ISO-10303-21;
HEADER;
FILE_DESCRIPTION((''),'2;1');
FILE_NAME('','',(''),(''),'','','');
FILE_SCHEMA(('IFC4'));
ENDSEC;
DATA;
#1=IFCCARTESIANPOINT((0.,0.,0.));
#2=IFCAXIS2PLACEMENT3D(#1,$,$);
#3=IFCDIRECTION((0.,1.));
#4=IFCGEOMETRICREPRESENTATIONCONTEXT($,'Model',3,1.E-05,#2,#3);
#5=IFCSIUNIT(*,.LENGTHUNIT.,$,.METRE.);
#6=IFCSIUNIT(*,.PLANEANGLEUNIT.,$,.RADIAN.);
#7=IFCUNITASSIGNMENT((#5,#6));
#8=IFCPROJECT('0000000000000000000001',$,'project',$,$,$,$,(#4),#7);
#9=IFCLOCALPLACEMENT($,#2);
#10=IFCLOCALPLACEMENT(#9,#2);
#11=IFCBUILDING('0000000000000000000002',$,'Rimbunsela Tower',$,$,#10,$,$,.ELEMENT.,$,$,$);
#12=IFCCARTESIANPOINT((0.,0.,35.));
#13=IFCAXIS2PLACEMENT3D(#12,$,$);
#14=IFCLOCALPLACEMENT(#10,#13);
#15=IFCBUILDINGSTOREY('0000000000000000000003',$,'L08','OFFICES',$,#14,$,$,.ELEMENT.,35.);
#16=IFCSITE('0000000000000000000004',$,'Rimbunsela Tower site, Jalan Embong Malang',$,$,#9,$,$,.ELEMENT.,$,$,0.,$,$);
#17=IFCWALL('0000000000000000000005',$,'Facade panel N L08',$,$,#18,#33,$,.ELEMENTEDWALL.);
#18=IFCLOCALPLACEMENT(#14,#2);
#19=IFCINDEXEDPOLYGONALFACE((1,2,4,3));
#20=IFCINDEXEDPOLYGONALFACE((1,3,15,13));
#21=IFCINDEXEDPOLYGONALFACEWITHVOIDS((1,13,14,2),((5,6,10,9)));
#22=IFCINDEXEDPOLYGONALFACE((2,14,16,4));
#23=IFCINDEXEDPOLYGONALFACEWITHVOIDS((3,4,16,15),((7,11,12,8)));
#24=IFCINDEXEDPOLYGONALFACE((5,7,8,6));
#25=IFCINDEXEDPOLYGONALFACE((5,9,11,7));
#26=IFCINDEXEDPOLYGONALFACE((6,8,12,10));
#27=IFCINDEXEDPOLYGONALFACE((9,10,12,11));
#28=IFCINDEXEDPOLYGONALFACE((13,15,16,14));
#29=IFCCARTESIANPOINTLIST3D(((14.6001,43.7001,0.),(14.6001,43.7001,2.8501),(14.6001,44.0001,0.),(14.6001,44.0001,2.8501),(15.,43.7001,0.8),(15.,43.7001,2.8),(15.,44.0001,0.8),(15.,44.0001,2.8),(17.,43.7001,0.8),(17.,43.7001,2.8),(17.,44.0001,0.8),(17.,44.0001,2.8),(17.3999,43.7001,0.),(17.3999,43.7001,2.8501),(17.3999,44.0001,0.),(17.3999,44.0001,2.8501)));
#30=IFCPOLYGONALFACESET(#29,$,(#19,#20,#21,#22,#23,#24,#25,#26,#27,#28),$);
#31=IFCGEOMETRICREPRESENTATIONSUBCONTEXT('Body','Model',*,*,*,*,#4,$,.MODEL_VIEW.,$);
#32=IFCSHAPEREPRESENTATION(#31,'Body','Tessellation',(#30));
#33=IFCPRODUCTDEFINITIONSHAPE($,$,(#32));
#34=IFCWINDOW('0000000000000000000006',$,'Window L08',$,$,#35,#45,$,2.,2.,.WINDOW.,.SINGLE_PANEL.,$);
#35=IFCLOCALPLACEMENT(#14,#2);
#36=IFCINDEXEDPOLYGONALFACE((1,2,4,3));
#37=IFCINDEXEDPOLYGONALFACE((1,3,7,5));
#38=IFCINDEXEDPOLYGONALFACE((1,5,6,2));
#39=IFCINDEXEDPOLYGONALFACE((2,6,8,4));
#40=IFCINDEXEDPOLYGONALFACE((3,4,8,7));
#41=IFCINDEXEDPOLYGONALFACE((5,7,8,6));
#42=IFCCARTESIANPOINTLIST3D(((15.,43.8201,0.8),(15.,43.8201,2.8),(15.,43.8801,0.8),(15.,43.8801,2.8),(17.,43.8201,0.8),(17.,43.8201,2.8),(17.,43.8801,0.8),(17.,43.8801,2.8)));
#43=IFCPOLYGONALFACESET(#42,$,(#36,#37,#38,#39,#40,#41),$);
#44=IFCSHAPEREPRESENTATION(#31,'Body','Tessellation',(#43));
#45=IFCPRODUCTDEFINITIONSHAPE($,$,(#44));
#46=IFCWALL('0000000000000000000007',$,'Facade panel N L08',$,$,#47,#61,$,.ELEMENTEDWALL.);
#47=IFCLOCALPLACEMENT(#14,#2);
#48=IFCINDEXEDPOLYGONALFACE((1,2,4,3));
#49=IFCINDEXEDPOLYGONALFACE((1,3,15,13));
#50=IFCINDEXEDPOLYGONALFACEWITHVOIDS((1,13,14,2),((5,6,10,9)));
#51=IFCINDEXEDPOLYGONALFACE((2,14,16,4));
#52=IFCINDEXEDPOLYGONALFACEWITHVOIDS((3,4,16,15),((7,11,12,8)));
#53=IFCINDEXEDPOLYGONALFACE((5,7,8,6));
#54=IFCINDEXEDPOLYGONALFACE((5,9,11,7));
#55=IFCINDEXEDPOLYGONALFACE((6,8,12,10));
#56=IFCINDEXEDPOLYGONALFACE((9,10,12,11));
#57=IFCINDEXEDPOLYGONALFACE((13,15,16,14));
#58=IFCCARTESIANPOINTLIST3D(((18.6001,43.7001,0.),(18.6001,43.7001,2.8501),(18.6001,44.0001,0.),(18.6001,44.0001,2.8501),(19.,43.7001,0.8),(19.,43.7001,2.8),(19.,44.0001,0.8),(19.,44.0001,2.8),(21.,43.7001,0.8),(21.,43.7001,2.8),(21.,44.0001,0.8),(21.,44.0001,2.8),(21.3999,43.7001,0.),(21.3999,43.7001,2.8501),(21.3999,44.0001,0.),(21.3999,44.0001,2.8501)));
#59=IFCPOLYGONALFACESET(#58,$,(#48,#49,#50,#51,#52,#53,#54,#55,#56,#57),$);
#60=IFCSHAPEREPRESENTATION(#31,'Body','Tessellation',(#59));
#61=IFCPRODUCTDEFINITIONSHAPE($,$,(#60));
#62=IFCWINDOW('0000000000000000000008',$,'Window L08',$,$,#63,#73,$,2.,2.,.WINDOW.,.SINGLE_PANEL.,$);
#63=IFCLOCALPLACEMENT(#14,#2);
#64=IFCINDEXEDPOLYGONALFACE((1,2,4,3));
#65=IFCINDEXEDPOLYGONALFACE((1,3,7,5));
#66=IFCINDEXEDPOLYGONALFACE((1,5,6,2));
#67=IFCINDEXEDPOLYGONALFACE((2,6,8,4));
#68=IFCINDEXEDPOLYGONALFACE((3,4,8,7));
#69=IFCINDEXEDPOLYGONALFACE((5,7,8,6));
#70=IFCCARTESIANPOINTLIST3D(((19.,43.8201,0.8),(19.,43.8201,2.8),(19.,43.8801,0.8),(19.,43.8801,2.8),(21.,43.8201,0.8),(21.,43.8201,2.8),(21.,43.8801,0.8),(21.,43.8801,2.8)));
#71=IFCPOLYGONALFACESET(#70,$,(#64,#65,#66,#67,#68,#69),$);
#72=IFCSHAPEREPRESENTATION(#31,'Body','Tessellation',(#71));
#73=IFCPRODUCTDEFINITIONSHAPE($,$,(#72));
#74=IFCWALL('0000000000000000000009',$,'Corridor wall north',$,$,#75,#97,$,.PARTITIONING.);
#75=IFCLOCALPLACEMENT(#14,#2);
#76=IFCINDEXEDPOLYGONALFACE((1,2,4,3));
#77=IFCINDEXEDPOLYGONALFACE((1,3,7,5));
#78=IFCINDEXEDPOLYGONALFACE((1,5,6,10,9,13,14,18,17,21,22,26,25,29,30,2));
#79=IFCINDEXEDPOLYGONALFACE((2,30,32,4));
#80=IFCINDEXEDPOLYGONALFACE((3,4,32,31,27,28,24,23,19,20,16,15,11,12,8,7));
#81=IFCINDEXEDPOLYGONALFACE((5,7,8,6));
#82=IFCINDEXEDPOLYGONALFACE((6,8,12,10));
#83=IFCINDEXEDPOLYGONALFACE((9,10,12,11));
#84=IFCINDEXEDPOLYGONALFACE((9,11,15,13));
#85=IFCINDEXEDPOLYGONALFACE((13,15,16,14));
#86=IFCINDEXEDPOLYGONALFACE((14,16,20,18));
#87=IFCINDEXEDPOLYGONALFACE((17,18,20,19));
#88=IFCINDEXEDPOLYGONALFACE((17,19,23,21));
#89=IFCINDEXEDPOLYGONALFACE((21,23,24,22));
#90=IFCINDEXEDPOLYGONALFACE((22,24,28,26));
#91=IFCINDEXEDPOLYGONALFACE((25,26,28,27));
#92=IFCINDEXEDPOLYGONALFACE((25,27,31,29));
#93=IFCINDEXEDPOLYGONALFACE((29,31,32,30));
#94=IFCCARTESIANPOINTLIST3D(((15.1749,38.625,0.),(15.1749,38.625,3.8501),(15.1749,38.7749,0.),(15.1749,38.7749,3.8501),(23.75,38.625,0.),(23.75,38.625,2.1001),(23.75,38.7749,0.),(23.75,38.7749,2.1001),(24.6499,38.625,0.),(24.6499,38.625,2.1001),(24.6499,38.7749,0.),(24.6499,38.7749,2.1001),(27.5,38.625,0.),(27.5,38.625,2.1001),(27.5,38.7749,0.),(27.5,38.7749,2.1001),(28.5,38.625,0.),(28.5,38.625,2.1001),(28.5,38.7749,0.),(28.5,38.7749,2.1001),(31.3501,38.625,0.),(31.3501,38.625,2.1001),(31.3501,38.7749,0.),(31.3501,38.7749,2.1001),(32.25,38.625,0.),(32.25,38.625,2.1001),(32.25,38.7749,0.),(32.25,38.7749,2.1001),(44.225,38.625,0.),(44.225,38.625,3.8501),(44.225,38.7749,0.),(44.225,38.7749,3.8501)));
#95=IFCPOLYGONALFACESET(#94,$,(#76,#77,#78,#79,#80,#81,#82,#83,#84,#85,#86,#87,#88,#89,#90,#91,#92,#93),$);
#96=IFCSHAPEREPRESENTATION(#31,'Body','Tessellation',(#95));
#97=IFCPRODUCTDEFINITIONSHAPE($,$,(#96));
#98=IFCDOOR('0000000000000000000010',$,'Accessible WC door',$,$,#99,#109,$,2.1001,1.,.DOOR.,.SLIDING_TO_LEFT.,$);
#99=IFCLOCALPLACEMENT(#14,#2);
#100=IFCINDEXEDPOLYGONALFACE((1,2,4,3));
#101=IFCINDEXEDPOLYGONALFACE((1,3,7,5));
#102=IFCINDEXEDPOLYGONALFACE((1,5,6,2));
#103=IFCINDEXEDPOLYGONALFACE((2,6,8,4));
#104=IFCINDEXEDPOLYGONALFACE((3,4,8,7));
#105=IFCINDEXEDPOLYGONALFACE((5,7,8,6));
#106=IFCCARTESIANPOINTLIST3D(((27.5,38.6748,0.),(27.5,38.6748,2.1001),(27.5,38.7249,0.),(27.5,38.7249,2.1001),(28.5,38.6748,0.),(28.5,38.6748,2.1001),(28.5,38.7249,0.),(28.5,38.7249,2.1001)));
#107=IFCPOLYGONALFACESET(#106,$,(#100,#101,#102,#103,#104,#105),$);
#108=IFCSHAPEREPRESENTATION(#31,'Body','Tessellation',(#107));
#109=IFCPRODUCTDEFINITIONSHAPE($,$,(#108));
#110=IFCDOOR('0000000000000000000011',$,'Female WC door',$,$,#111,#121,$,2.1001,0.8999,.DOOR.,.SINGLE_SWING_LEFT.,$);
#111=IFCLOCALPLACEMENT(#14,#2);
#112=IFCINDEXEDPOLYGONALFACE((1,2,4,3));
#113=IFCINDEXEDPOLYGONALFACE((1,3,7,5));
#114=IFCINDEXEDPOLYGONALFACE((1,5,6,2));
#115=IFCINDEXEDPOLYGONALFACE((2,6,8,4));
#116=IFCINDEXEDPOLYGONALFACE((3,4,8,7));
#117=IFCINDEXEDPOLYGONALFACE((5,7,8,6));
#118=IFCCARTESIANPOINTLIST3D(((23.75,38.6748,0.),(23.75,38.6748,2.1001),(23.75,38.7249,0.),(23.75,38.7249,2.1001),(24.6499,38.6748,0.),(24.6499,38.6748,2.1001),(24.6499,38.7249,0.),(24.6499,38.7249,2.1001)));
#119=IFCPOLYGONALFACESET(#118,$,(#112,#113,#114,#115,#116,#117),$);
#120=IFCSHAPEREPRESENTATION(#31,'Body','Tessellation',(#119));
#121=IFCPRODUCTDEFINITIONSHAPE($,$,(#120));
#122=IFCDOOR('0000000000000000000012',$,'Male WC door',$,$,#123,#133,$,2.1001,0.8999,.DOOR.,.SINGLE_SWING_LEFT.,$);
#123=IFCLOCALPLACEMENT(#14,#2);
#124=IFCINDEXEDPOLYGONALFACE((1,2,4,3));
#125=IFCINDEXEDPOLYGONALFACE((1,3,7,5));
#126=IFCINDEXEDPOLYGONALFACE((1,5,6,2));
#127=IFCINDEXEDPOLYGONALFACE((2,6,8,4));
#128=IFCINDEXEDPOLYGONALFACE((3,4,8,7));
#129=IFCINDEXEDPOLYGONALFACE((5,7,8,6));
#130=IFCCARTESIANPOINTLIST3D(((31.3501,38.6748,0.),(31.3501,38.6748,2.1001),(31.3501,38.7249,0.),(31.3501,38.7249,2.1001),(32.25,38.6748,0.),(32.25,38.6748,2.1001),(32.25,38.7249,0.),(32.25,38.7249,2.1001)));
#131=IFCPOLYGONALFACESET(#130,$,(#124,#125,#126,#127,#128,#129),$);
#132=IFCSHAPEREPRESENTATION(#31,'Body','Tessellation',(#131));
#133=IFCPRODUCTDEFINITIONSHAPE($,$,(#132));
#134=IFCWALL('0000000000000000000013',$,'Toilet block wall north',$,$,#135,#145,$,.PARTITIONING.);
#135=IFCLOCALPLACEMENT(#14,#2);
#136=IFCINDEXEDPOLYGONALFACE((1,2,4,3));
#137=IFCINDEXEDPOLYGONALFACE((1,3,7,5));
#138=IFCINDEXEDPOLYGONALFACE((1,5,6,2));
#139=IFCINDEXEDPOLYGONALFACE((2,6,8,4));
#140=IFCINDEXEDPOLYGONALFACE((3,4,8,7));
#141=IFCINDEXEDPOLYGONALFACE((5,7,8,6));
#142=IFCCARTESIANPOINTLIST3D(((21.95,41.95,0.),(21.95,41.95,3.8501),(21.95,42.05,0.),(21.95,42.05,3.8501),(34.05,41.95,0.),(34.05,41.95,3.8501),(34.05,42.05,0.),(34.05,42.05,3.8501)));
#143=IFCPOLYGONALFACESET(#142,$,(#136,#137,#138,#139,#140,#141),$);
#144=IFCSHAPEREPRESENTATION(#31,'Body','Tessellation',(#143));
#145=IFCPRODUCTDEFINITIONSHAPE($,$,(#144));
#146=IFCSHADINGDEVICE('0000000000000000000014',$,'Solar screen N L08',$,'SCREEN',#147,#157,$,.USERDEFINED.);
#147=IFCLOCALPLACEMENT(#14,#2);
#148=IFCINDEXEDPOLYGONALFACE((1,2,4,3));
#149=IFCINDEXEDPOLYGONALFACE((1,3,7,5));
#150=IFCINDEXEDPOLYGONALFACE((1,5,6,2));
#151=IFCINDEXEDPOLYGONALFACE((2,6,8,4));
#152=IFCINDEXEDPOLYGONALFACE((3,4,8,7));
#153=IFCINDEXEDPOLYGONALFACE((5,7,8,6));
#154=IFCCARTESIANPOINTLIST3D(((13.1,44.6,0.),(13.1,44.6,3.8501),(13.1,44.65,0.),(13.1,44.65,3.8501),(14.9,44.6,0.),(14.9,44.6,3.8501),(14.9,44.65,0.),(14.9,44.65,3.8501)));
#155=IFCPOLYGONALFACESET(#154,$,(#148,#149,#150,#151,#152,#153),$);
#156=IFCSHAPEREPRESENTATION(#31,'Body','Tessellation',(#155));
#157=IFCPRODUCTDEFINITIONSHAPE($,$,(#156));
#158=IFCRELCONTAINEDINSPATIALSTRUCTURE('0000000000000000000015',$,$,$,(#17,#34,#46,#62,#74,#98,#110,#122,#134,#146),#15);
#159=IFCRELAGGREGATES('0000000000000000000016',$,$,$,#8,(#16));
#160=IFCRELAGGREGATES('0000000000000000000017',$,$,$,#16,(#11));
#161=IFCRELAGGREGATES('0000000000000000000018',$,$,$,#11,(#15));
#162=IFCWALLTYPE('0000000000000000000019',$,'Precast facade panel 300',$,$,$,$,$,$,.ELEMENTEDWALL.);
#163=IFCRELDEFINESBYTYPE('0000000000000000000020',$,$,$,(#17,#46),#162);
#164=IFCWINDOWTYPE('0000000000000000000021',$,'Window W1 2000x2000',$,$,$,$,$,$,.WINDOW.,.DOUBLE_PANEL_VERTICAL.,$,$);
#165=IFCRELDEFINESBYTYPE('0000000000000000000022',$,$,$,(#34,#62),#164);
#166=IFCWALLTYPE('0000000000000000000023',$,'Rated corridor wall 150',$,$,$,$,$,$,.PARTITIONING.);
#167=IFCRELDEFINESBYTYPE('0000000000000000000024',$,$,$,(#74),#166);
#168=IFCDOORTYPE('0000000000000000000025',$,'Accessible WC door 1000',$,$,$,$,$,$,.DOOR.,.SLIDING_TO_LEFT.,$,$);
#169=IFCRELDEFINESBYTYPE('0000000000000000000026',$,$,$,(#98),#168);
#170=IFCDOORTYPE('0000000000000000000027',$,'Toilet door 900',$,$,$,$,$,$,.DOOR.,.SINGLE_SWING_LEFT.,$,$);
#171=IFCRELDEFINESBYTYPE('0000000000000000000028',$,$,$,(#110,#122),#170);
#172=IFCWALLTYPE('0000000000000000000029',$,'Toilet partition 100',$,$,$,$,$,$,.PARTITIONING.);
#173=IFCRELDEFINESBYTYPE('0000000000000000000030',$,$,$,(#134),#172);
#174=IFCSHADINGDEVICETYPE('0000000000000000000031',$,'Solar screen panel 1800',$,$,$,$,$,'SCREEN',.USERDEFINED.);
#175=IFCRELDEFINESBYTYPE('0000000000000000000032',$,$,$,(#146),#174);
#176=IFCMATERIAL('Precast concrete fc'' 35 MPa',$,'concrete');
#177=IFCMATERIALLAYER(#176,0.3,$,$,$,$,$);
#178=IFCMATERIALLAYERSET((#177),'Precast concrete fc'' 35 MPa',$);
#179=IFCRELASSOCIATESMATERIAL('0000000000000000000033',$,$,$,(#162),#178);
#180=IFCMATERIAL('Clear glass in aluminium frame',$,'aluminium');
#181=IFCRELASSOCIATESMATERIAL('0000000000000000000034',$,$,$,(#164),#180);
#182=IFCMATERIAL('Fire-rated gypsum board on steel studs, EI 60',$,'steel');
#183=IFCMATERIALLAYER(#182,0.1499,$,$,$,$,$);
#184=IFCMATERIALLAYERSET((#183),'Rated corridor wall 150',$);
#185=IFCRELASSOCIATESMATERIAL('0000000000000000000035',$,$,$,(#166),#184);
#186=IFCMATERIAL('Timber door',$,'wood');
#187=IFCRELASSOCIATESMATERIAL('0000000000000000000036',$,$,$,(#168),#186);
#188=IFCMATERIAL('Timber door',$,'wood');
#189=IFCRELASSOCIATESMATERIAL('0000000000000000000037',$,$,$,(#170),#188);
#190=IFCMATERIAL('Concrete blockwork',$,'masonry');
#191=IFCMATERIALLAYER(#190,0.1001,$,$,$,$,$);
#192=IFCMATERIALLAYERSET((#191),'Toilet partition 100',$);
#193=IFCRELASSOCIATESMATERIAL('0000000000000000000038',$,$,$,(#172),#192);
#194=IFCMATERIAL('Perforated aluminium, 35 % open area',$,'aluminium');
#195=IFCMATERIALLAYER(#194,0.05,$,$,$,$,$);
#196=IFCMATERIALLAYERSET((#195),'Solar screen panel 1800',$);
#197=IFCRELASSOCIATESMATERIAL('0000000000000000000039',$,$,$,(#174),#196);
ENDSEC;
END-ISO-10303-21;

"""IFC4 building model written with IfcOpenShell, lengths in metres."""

from ifc_helpers import new_model, si_unit, direction, frame, frame_2d, origin, origin_2d, place, context, subcontext, project, spatial, rectangle, extrude, material, layer, layer_set, type_object, element, fill, save


model = new_model("IFC4")

# Units and contexts
model_context = context("Model", 3, precision=1e-05, world=origin(), true_north=direction((0.0, 1.0)))
body_context = subcontext(model_context, "Body", "Model", "MODEL_VIEW")
ifc_project = project(units=[si_unit("LENGTHUNIT", "METRE"), si_unit("PLANEANGLEUNIT", "RADIAN")], contexts=[model_context])

# Site, building, storey
site_placement = place(None, origin())
site = spatial("IfcSite", under=ifc_project, at=site_placement, Name="Rimbunsela Tower site, Jalan Embong Malang", CompositionType="ELEMENT", RefElevation=0.0)
building_placement = place(site_placement, origin())
building = spatial("IfcBuilding", under=site, at=building_placement, Name="Rimbunsela Tower", CompositionType="ELEMENT")
storey_placement = place(building_placement, frame((0.0, 0.0, 35.0)))
storey = spatial("IfcBuildingStorey", under=building, at=storey_placement, Name="L08", Description="OFFICES", CompositionType="ELEMENT", Elevation=35.0)

# Walls, openings, windows
ifc_material_1 = material(Name="Precast concrete fc' 35 MPa", Category="concrete")
ifc_layer_1 = layer(ifc_material_1, 0.3)
ifc_layer_set_1 = layer_set([ifc_layer_1], Name="Precast concrete fc' 35 MPa")
wall_type_1 = type_object("IfcWallType", Name="Precast facade panel 300", PredefinedType="ELEMENTEDWALL", material=ifc_layer_set_1)
wall_1_placement = place(storey_placement, frame((17.3999, 43.8501, 0.0), z_axis=(0.0, 0.0, 1.0), x_axis=(-1.0, 0.0, 0.0)))
wall_1 = element("IfcWall", 1, at=wall_1_placement, inside=storey, type_object=wall_type_1, Name="Facade panel N L08", PredefinedType="ELEMENTEDWALL", context=body_context, shape_type="SweptSolid", body=[
    extrude(rectangle(XDim=2.7998, YDim=0.3, at=frame_2d((1.3999, 0.0))), origin(), (0.0, 0.0, 1.0), 2.8501),
])
opening_1_placement = place(wall_1_placement, frame((0.3999, 0.0, 0.8)))
opening_1 = element("IfcOpeningElement", 2, at=opening_1_placement, cuts=wall_1, PredefinedType="OPENING", context=body_context, shape_type="SweptSolid", body=[
    extrude(rectangle(XDim=2.0, YDim=2.0, at=frame_2d((1.0, 1.0))), frame((0.0, 0.1599, 0.0), z_axis=(0.0, -1.0, 0.0), x_axis=(1.0, 0.0, 0.0)), (0.0, 0.0, 1.0), 0.3201),
])
ifc_material_2 = material(Name="Clear glass in aluminium frame", Category="aluminium")
window_type = type_object("IfcWindowType", Name="Window W1 2000x2000", PartitioningType="DOUBLE_PANEL_VERTICAL", PredefinedType="WINDOW", material=ifc_material_2)
window_1_placement = place(opening_1_placement, origin())
window_1 = element("IfcWindow", 3, at=window_1_placement, inside=storey, type_object=window_type, Name="Window L08", OverallHeight=2.0, OverallWidth=2.0, PartitioningType="SINGLE_PANEL", PredefinedType="WINDOW", context=body_context, shape_type="SweptSolid", body=[
    extrude(rectangle(XDim=2.0, YDim=2.0, at=frame_2d((1.0, 1.0))), frame((0.0, 0.03, 0.0), z_axis=(0.0, -1.0, 0.0), x_axis=(1.0, 0.0, 0.0)), (0.0, 0.0, 1.0), 0.0601),
])
fill(opening_1, window_1)
wall_2_placement = place(storey_placement, frame((21.3999, 43.8501, 0.0), z_axis=(0.0, 0.0, 1.0), x_axis=(-1.0, 0.0, 0.0)))
wall_2 = element("IfcWall", 4, at=wall_2_placement, inside=storey, type_object=wall_type_1, Name="Facade panel N L08", PredefinedType="ELEMENTEDWALL", context=body_context, shape_type="SweptSolid", body=[
    extrude(rectangle(XDim=2.7998, YDim=0.3, at=frame_2d((1.3999, 0.0))), origin(), (0.0, 0.0, 1.0), 2.8501),
])
opening_2_placement = place(wall_2_placement, frame((0.3999, 0.0, 0.8)))
opening_2 = element("IfcOpeningElement", 5, at=opening_2_placement, cuts=wall_2, PredefinedType="OPENING", context=body_context, shape_type="SweptSolid", body=[
    extrude(rectangle(XDim=2.0, YDim=2.0, at=frame_2d((1.0, 1.0))), frame((0.0, 0.1599, 0.0), z_axis=(0.0, -1.0, 0.0), x_axis=(1.0, 0.0, 0.0)), (0.0, 0.0, 1.0), 0.3201),
])
window_2_placement = place(opening_2_placement, origin())
window_2 = element("IfcWindow", 6, at=window_2_placement, inside=storey, type_object=window_type, Name="Window L08", OverallHeight=2.0, OverallWidth=2.0, PartitioningType="SINGLE_PANEL", PredefinedType="WINDOW", context=body_context, shape_type="SweptSolid", body=[
    extrude(rectangle(XDim=2.0, YDim=2.0, at=frame_2d((1.0, 1.0))), frame((0.0, 0.03, 0.0), z_axis=(0.0, -1.0, 0.0), x_axis=(1.0, 0.0, 0.0)), (0.0, 0.0, 1.0), 0.0601),
])
fill(opening_2, window_2)

# Wall, openings, doors
ifc_material_3 = material(Name="Fire-rated gypsum board on steel studs, EI 60", Category="steel")
ifc_layer_2 = layer(ifc_material_3, 0.1499)
ifc_layer_set_2 = layer_set([ifc_layer_2], Name="Rated corridor wall 150")
wall_type_2 = type_object("IfcWallType", Name="Rated corridor wall 150", PredefinedType="PARTITIONING", material=ifc_layer_set_2)
wall_3_placement = place(storey_placement, frame((15.175, 38.7, 0.0), z_axis=(0.0, 0.0, 1.0), x_axis=(1.0, 0.0, 0.0)))
wall_3 = element("IfcWall", 7, at=wall_3_placement, inside=storey, type_object=wall_type_2, Name="Corridor wall north", PredefinedType="PARTITIONING", context=body_context, shape_type="SweptSolid", body=[
    extrude(rectangle(XDim=29.05, YDim=0.1499, at=frame_2d((14.5249, 0.0))), origin(), (0.0, 0.0, 1.0), 3.8501),
])
opening_3_placement = place(wall_3_placement, frame((8.575, 0.0, 0.0)))
opening_3 = element("IfcOpeningElement", 8, at=opening_3_placement, cuts=wall_3, PredefinedType="OPENING", context=body_context, shape_type="SweptSolid", body=[
    extrude(rectangle(XDim=0.8999, YDim=2.1001, at=frame_2d((0.45, 1.05))), frame((0.0, 0.085, 0.0), z_axis=(0.0, -1.0, 0.0), x_axis=(1.0, 0.0, 0.0)), (0.0, 0.0, 1.0), 0.1699),
])
opening_4_placement = place(wall_3_placement, frame((12.325, 0.0, 0.0)))
opening_4 = element("IfcOpeningElement", 9, at=opening_4_placement, cuts=wall_3, PredefinedType="OPENING", context=body_context, shape_type="SweptSolid", body=[
    extrude(rectangle(XDim=1.0, YDim=2.1001, at=frame_2d((0.5, 1.05))), frame((0.0, 0.085, 0.0), z_axis=(0.0, -1.0, 0.0), x_axis=(1.0, 0.0, 0.0)), (0.0, 0.0, 1.0), 0.1699),
])
opening_5_placement = place(wall_3_placement, frame((16.175, 0.0, 0.0)))
opening_5 = element("IfcOpeningElement", 10, at=opening_5_placement, cuts=wall_3, PredefinedType="OPENING", context=body_context, shape_type="SweptSolid", body=[
    extrude(rectangle(XDim=0.8999, YDim=2.1001, at=frame_2d((0.45, 1.05))), frame((0.0, 0.085, 0.0), z_axis=(0.0, -1.0, 0.0), x_axis=(1.0, 0.0, 0.0)), (0.0, 0.0, 1.0), 0.1699),
])
ifc_material_4 = material(Name="Timber door", Category="wood")
door_type_1 = type_object("IfcDoorType", Name="Accessible WC door 1000", OperationType="SLIDING_TO_LEFT", PredefinedType="DOOR", material=ifc_material_4)
door_1_placement = place(opening_4_placement, origin())
door_1 = element("IfcDoor", 11, at=door_1_placement, inside=storey, type_object=door_type_1, Name="Accessible WC door", OperationType="SLIDING_TO_LEFT", OverallHeight=2.1001, OverallWidth=1.0, PredefinedType="DOOR", context=body_context, shape_type="SweptSolid", body=[
    extrude(rectangle(XDim=1.0, YDim=2.1001, at=frame_2d((0.5, 1.05))), frame((0.0, 0.0249, 0.0), z_axis=(0.0, -1.0, 0.0), x_axis=(1.0, 0.0, 0.0)), (0.0, 0.0, 1.0), 0.05),
])
fill(opening_4, door_1)
ifc_material_5 = material(Name="Timber door", Category="wood")
door_type_2 = type_object("IfcDoorType", Name="Toilet door 900", OperationType="SINGLE_SWING_LEFT", PredefinedType="DOOR", material=ifc_material_5)
door_2_placement = place(opening_3_placement, origin())
door_2 = element("IfcDoor", 12, at=door_2_placement, inside=storey, type_object=door_type_2, Name="Female WC door", OperationType="SINGLE_SWING_LEFT", OverallHeight=2.1001, OverallWidth=0.8999, PredefinedType="DOOR", context=body_context, shape_type="SweptSolid", body=[
    extrude(rectangle(XDim=0.8999, YDim=2.1001, at=frame_2d((0.45, 1.05))), frame((0.0, 0.0249, 0.0), z_axis=(0.0, -1.0, 0.0), x_axis=(1.0, 0.0, 0.0)), (0.0, 0.0, 1.0), 0.05),
])
fill(opening_3, door_2)
door_3_placement = place(opening_5_placement, origin())
door_3 = element("IfcDoor", 13, at=door_3_placement, inside=storey, type_object=door_type_2, Name="Male WC door", OperationType="SINGLE_SWING_LEFT", OverallHeight=2.1001, OverallWidth=0.8999, PredefinedType="DOOR", context=body_context, shape_type="SweptSolid", body=[
    extrude(rectangle(XDim=0.8999, YDim=2.1001, at=frame_2d((0.45, 1.05))), frame((0.0, 0.0249, 0.0), z_axis=(0.0, -1.0, 0.0), x_axis=(1.0, 0.0, 0.0)), (0.0, 0.0, 1.0), 0.05),
])
fill(opening_5, door_3)

# Wall
ifc_material_6 = material(Name="Concrete blockwork", Category="masonry")
ifc_layer_3 = layer(ifc_material_6, 0.1001)
ifc_layer_set_3 = layer_set([ifc_layer_3], Name="Toilet partition 100")
wall_type_3 = type_object("IfcWallType", Name="Toilet partition 100", PredefinedType="PARTITIONING", material=ifc_layer_set_3)
wall_4_placement = place(storey_placement, frame((21.95, 42.0, 0.0), z_axis=(0.0, 0.0, 1.0), x_axis=(1.0, 0.0, 0.0)))
element("IfcWall", 14, at=wall_4_placement, inside=storey, type_object=wall_type_3, Name="Toilet block wall north", PredefinedType="PARTITIONING", context=body_context, shape_type="SweptSolid", body=[
    extrude(rectangle(XDim=12.1001, YDim=0.1001, at=frame_2d((6.05, 0.0))), origin(), (0.0, 0.0, 1.0), 3.8501),
])

# Shading device
ifc_material_7 = material(Name="Perforated aluminium, 35 % open area", Category="aluminium")
ifc_layer_4 = layer(ifc_material_7, 0.05)
ifc_layer_set_4 = layer_set([ifc_layer_4], Name="Solar screen panel 1800")
shading_device_type = type_object("IfcShadingDeviceType", Name="Solar screen panel 1800", ElementType="SCREEN", PredefinedType="USERDEFINED", material=ifc_layer_set_4)
for number, where, z_axis, x_axis, name in (
    (15, (14.0, 44.625, 0.0), (0.0, 0.0, 1.0), (1.0, 0.0, 0.0), "Solar screen N L08"),
):
    element("IfcShadingDevice", number, at=place(storey_placement, frame(where, z_axis=z_axis, x_axis=x_axis)), inside=storey, type_object=shading_device_type, Name=name, ObjectType="SCREEN", PredefinedType="USERDEFINED", context=body_context, shape_type="SweptSolid", body=[
        extrude(rectangle(XDim=1.8, YDim=0.05, at=origin_2d()), origin(), (0.0, 0.0, 1.0), 3.8501),
    ])

save(model, "model.ifc")
